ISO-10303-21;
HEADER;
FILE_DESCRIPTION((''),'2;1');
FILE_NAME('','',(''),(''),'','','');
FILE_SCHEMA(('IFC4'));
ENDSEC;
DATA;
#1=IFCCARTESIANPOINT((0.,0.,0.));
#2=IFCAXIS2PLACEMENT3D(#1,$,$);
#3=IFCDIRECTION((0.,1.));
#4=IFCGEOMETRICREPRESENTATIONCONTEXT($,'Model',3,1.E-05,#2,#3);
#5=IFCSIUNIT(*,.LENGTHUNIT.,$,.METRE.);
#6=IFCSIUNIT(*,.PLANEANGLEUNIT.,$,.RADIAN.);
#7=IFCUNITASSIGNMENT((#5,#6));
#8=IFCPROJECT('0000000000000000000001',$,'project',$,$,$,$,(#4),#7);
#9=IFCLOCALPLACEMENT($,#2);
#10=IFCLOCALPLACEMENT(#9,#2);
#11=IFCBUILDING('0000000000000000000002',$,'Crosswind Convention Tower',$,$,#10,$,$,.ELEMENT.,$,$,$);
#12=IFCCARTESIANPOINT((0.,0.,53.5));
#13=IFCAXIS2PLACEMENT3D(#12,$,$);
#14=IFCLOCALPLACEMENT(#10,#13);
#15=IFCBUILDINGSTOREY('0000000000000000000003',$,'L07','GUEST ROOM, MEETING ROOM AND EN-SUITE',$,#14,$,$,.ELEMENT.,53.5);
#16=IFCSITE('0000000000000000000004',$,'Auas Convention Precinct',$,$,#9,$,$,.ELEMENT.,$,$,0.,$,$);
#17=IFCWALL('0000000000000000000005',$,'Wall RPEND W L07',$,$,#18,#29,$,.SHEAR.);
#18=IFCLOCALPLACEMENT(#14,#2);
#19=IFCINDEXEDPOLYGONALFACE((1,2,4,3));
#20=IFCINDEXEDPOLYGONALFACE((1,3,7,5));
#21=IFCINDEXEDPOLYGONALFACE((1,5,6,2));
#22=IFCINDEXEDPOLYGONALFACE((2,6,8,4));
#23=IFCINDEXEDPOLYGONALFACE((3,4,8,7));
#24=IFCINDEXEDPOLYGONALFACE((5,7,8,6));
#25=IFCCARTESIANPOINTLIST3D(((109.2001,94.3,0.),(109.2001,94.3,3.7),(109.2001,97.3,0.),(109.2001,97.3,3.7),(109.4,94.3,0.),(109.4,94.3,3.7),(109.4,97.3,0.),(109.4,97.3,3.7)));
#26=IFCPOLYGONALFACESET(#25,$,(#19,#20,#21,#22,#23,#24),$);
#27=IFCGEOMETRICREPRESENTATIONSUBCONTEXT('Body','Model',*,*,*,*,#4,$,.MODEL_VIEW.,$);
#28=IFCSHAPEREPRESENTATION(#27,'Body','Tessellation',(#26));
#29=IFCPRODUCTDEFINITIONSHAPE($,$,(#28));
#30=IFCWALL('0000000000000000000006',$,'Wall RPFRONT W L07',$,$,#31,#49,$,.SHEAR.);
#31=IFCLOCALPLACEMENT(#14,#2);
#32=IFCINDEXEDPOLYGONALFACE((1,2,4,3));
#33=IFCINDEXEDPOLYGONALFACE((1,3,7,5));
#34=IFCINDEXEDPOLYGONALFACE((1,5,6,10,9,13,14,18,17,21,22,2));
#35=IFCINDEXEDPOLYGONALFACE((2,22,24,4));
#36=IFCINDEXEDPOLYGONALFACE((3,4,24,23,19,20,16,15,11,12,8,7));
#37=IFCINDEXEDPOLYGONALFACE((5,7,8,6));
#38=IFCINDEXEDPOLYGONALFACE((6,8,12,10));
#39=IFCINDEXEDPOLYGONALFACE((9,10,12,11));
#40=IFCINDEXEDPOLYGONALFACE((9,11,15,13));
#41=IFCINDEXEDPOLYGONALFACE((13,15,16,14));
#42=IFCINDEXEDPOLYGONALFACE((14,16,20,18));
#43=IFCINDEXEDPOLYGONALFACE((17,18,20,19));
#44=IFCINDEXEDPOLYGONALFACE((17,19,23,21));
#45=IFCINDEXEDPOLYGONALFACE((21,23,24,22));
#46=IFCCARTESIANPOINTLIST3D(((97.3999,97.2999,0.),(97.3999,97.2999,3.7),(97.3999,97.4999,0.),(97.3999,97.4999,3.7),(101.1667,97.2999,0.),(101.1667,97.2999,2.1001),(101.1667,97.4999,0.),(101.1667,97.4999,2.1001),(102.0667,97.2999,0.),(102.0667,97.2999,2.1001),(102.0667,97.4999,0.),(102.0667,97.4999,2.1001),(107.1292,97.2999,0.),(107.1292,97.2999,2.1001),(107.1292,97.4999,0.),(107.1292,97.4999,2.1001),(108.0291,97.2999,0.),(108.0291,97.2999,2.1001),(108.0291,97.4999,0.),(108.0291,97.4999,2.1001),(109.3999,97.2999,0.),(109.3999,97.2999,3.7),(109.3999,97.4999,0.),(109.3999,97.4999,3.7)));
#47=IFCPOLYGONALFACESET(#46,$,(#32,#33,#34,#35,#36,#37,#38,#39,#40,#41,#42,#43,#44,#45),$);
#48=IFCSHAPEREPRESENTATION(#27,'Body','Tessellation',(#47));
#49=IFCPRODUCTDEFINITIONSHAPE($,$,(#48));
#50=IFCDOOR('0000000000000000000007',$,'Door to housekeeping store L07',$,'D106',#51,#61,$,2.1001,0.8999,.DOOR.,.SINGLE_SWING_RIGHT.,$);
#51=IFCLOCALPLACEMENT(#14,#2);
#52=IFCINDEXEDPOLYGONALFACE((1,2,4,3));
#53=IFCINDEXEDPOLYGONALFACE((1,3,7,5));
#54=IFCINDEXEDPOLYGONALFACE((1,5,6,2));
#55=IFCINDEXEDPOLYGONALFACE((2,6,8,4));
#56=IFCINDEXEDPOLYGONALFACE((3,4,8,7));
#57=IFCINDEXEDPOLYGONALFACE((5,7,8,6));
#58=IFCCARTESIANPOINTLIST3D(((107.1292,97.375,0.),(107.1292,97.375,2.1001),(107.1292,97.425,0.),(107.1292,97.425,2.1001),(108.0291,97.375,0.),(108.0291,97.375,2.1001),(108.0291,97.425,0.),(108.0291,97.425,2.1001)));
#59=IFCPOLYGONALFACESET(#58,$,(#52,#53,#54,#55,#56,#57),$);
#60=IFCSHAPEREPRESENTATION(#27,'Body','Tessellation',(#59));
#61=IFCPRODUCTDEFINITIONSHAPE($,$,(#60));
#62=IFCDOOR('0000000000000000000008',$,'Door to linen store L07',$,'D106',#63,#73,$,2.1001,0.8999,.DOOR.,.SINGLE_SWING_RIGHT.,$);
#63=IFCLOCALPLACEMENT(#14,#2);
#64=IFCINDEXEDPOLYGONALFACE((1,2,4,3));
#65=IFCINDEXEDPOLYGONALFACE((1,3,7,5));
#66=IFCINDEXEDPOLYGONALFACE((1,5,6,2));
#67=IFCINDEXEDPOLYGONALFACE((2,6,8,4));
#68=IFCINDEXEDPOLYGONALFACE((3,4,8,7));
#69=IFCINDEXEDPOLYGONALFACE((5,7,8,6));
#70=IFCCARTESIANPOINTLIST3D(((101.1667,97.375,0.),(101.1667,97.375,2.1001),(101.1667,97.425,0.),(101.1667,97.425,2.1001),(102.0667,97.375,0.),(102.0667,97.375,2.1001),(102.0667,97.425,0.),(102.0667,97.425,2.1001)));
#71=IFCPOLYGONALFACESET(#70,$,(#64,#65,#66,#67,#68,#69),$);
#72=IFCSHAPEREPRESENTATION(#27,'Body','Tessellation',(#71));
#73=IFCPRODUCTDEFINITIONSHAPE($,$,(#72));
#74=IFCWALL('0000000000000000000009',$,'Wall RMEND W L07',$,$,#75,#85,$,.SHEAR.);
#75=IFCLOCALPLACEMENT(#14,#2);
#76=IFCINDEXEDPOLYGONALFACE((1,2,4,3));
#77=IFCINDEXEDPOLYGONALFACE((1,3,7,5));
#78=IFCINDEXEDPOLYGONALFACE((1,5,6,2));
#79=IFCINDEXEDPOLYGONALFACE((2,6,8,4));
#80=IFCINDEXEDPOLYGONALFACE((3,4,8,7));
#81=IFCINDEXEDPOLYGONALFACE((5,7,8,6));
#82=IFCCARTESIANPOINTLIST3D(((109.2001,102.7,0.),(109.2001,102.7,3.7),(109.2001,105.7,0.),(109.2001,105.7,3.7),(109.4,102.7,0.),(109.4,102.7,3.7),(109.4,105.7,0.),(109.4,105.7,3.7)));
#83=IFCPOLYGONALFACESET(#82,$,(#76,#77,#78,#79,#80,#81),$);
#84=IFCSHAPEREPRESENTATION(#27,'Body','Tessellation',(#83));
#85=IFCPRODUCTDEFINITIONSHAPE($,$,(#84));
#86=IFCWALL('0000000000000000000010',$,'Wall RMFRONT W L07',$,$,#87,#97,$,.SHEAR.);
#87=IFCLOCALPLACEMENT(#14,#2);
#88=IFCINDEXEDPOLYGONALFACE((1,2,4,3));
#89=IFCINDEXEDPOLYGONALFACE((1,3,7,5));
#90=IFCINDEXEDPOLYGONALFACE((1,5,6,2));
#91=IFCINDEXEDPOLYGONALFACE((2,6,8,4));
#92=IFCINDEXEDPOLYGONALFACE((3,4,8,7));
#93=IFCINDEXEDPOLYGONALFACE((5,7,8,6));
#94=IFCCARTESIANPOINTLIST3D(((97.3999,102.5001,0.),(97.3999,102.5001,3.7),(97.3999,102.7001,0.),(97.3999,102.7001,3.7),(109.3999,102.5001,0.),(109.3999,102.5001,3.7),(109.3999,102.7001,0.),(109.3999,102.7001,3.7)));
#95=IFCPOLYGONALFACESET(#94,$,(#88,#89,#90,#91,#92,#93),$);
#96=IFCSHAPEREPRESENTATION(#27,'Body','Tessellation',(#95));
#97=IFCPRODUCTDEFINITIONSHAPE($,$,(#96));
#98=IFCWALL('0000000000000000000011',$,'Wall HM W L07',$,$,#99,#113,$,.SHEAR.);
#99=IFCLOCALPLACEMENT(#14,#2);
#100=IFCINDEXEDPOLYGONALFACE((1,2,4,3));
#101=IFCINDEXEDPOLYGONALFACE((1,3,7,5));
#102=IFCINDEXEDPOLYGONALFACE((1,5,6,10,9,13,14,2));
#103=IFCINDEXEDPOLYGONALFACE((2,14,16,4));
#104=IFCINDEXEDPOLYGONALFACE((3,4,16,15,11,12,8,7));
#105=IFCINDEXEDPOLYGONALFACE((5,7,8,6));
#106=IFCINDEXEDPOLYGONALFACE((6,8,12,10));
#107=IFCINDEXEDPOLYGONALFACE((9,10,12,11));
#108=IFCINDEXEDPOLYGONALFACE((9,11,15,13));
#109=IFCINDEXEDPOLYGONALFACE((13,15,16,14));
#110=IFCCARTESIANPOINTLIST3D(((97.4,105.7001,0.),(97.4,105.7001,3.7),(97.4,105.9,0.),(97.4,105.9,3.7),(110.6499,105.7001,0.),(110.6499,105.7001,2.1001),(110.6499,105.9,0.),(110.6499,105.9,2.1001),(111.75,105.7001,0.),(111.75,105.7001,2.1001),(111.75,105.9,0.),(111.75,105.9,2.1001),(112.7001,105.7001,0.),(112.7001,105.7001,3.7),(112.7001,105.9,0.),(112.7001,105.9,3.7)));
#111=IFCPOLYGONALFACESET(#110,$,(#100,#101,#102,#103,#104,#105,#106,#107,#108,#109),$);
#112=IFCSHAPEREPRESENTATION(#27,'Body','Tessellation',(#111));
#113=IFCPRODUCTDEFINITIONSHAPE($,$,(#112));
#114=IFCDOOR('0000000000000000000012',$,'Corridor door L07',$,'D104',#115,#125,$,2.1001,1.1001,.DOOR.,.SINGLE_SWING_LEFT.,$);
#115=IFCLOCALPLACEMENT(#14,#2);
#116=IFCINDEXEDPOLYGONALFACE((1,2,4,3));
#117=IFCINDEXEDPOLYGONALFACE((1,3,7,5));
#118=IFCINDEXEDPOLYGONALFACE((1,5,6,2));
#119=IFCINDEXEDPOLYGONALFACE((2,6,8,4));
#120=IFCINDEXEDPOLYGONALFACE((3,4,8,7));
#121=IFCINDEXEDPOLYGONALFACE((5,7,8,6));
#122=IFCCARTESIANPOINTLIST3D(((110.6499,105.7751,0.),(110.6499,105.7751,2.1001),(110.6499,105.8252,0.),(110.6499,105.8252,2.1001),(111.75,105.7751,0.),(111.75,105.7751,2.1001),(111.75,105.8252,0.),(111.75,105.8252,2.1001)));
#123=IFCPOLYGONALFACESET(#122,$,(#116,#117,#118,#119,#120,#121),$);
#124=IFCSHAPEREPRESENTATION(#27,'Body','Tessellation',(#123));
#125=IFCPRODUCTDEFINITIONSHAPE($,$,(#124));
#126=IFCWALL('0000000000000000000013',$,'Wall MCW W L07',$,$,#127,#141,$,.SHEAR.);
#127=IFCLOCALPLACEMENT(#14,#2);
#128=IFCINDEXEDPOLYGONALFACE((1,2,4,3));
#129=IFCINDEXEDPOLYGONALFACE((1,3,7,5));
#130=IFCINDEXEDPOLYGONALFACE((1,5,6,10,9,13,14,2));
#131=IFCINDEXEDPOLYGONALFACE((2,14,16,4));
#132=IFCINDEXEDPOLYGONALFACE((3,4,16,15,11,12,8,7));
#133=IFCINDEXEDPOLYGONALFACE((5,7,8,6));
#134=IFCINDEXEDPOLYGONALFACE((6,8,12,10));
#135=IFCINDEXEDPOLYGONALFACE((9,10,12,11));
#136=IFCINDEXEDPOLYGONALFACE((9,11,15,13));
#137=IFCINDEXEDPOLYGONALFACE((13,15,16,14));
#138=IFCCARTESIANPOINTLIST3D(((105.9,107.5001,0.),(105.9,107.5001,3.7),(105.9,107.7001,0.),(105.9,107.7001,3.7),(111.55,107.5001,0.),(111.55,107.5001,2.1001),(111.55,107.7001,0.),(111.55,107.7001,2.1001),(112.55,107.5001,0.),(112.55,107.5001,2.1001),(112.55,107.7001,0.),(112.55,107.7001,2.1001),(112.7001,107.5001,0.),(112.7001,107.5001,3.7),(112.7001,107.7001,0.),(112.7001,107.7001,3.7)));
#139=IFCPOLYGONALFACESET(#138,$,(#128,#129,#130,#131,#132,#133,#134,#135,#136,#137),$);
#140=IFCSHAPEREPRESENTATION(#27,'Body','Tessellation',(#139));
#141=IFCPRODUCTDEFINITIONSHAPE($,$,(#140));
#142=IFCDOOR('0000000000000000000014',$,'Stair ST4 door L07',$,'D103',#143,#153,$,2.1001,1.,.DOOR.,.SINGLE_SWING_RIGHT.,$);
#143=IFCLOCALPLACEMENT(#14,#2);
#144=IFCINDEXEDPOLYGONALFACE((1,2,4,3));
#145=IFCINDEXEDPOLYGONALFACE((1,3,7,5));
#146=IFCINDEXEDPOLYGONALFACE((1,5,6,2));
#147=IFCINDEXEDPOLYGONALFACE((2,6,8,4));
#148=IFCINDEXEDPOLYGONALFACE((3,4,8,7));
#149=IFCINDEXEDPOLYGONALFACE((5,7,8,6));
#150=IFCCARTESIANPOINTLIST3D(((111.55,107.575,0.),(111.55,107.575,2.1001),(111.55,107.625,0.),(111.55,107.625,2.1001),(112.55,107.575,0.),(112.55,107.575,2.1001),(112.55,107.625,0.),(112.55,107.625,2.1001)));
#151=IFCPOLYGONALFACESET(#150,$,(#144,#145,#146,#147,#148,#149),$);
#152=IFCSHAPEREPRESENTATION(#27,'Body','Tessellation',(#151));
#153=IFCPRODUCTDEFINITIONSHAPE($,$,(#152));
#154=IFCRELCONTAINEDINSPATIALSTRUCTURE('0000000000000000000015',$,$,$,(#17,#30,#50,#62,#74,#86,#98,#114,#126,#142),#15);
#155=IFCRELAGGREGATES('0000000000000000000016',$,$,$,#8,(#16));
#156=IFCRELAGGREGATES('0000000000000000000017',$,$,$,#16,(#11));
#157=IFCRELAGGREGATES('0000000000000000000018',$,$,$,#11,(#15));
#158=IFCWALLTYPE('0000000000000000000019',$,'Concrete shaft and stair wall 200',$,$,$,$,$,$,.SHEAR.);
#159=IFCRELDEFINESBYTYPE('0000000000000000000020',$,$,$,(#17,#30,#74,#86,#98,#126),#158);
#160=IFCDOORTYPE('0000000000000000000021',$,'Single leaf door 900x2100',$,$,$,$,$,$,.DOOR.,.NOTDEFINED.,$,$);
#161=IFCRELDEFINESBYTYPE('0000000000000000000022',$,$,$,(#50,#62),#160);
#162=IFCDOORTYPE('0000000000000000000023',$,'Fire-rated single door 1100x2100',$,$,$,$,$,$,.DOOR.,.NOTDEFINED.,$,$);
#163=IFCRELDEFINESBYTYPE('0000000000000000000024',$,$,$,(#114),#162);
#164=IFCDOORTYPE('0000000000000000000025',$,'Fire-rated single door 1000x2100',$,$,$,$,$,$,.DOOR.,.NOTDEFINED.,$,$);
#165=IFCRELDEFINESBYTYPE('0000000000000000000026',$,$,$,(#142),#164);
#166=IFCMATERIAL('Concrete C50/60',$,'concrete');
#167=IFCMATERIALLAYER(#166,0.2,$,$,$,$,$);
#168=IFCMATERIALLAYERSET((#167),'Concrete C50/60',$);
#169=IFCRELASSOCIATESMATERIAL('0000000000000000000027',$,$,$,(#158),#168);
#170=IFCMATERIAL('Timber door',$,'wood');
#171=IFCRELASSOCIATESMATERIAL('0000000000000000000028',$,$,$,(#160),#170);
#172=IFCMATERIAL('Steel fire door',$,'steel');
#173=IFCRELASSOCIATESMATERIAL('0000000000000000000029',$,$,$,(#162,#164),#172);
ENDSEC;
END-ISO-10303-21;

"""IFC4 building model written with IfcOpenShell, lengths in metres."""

from ifc_helpers import new_model, si_unit, direction, frame, frame_2d, origin, place, context, subcontext, project, spatial, rectangle, extrude, material, layer, layer_set, type_object, element, fill, save


model = new_model("IFC4")

# Units and contexts
model_context = context("Model", 3, precision=1e-05, world=origin(), true_north=direction((0.0, 1.0)))
body_context = subcontext(model_context, "Body", "Model", "MODEL_VIEW")
ifc_project = project(units=[si_unit("LENGTHUNIT", "METRE"), si_unit("PLANEANGLEUNIT", "RADIAN")], contexts=[model_context])

# Site, building, storey
site_placement = place(None, origin())
site = spatial("IfcSite", under=ifc_project, at=site_placement, Name="Auas Convention Precinct", CompositionType="ELEMENT", RefElevation=0.0)
building_placement = place(site_placement, origin())
building = spatial("IfcBuilding", under=site, at=building_placement, Name="Crosswind Convention Tower", CompositionType="ELEMENT")
storey_placement = place(building_placement, frame((0.0, 0.0, 53.5)))
storey = spatial("IfcBuildingStorey", under=building, at=storey_placement, Name="L07", Description="GUEST ROOM, MEETING ROOM AND EN-SUITE", CompositionType="ELEMENT", Elevation=53.5)

# Shared definitions
ifc_material_1 = material(Name="Concrete C50/60", Category="concrete")

# Wall
ifc_layer_1 = layer(ifc_material_1, 0.2)
ifc_layer_set_1 = layer_set([ifc_layer_1], Name="Concrete C50/60")
wall_type_1 = type_object("IfcWallType", Name="Concrete shaft and stair wall 200", PredefinedType="SHEAR", material=ifc_layer_set_1)
wall_1_placement = place(storey_placement, frame((109.3, 97.3, 0.0), z_axis=(0.0, 0.0, 1.0), x_axis=(0.0, -1.0, 0.0)))
element("IfcWall", 1, at=wall_1_placement, inside=storey, type_object=wall_type_1, Name="Wall RPEND W L07", PredefinedType="SHEAR", context=body_context, shape_type="SweptSolid", body=[
    extrude(rectangle(XDim=3.0, YDim=0.2, at=frame_2d((1.5, 0.0))), origin(), (0.0, 0.0, 1.0), 3.7),
])

# Wall, openings, doors
wall_2_placement = place(storey_placement, frame((109.3999, 97.3999, 0.0), z_axis=(0.0, 0.0, 1.0), x_axis=(-1.0, 0.0, 0.0)))
wall_2 = element("IfcWall", 2, at=wall_2_placement, inside=storey, type_object=wall_type_1, Name="Wall RPFRONT W L07", PredefinedType="SHEAR", context=body_context, shape_type="SweptSolid", body=[
    extrude(rectangle(XDim=12.0, YDim=0.2, at=frame_2d((6.0, 0.0))), origin(), (0.0, 0.0, 1.0), 3.7),
])
opening_1_placement = place(wall_2_placement, frame((1.3708, 0.0, 0.0)))
opening_1 = element("IfcOpeningElement", 3, at=opening_1_placement, cuts=wall_2, PredefinedType="OPENING", context=body_context, shape_type="SweptSolid", body=[
    extrude(rectangle(XDim=0.8999, YDim=2.1001, at=frame_2d((0.45, 1.05))), frame((0.0, 0.1099, 0.0), z_axis=(0.0, -1.0, 0.0), x_axis=(1.0, 0.0, 0.0)), (0.0, 0.0, 1.0), 0.22),
])
opening_2_placement = place(wall_2_placement, frame((7.3333, 0.0, 0.0)))
opening_2 = element("IfcOpeningElement", 4, at=opening_2_placement, cuts=wall_2, PredefinedType="OPENING", context=body_context, shape_type="SweptSolid", body=[
    extrude(rectangle(XDim=0.8999, YDim=2.1001, at=frame_2d((0.45, 1.05))), frame((0.0, 0.1099, 0.0), z_axis=(0.0, -1.0, 0.0), x_axis=(1.0, 0.0, 0.0)), (0.0, 0.0, 1.0), 0.22),
])
ifc_material_2 = material(Name="Timber door", Category="wood")
door_type_1 = type_object("IfcDoorType", Name="Single leaf door 900x2100", OperationType="NOTDEFINED", PredefinedType="DOOR", material=ifc_material_2)
door_1_placement = place(opening_1_placement, origin())
door_1 = element("IfcDoor", 5, at=door_1_placement, inside=storey, type_object=door_type_1, Name="Door to housekeeping store L07", ObjectType="D106", OperationType="SINGLE_SWING_RIGHT", OverallHeight=2.1001, OverallWidth=0.8999, PredefinedType="DOOR", context=body_context, shape_type="SweptSolid", body=[
    extrude(rectangle(XDim=0.8999, YDim=2.1001, at=frame_2d((0.45, 1.05))), frame((0.0, 0.0249, 0.0), z_axis=(0.0, -1.0, 0.0), x_axis=(1.0, 0.0, 0.0)), (0.0, 0.0, 1.0), 0.05),
])
fill(opening_1, door_1)
door_2_placement = place(opening_2_placement, origin())
door_2 = element("IfcDoor", 6, at=door_2_placement, inside=storey, type_object=door_type_1, Name="Door to linen store L07", ObjectType="D106", OperationType="SINGLE_SWING_RIGHT", OverallHeight=2.1001, OverallWidth=0.8999, PredefinedType="DOOR", context=body_context, shape_type="SweptSolid", body=[
    extrude(rectangle(XDim=0.8999, YDim=2.1001, at=frame_2d((0.45, 1.05))), frame((0.0, 0.0249, 0.0), z_axis=(0.0, -1.0, 0.0), x_axis=(1.0, 0.0, 0.0)), (0.0, 0.0, 1.0), 0.05),
])
fill(opening_2, door_2)

# Walls
wall_3_placement = place(storey_placement, frame((109.3, 105.7, 0.0), z_axis=(0.0, 0.0, 1.0), x_axis=(0.0, -1.0, 0.0)))
element("IfcWall", 7, at=wall_3_placement, inside=storey, type_object=wall_type_1, Name="Wall RMEND W L07", PredefinedType="SHEAR", context=body_context, shape_type="SweptSolid", body=[
    extrude(rectangle(XDim=3.0, YDim=0.2, at=frame_2d((1.5, 0.0))), origin(), (0.0, 0.0, 1.0), 3.7),
])
wall_4_placement = place(storey_placement, frame((109.3999, 102.6001, 0.0), z_axis=(0.0, 0.0, 1.0), x_axis=(-1.0, 0.0, 0.0)))
element("IfcWall", 8, at=wall_4_placement, inside=storey, type_object=wall_type_1, Name="Wall RMFRONT W L07", PredefinedType="SHEAR", context=body_context, shape_type="SweptSolid", body=[
    extrude(rectangle(XDim=12.0, YDim=0.2, at=frame_2d((6.0, 0.0))), origin(), (0.0, 0.0, 1.0), 3.7),
])

# Walls, openings, doors
wall_5_placement = place(storey_placement, frame((112.7, 105.8, 0.0), z_axis=(0.0, 0.0, 1.0), x_axis=(-1.0, 0.0, 0.0)))
wall_5 = element("IfcWall", 9, at=wall_5_placement, inside=storey, type_object=wall_type_1, Name="Wall HM W L07", PredefinedType="SHEAR", context=body_context, shape_type="SweptSolid", body=[
    extrude(rectangle(XDim=15.3, YDim=0.2, at=frame_2d((7.6499, 0.0))), origin(), (0.0, 0.0, 1.0), 3.7),
])
opening_3_placement = place(wall_5_placement, frame((0.95, 0.0, 0.0)))
opening_3 = element("IfcOpeningElement", 10, at=opening_3_placement, cuts=wall_5, PredefinedType="OPENING", context=body_context, shape_type="SweptSolid", body=[
    extrude(rectangle(XDim=1.1001, YDim=2.1001, at=frame_2d((0.55, 1.05))), frame((0.0, 0.1099, 0.0), z_axis=(0.0, -1.0, 0.0), x_axis=(1.0, 0.0, 0.0)), (0.0, 0.0, 1.0), 0.22),
])
ifc_material_3 = material(Name="Steel fire door", Category="steel")
door_type_2 = type_object("IfcDoorType", Name="Fire-rated single door 1100x2100", OperationType="NOTDEFINED", PredefinedType="DOOR", material=ifc_material_3)
door_3_placement = place(opening_3_placement, origin())
door_3 = element("IfcDoor", 11, at=door_3_placement, inside=storey, type_object=door_type_2, Name="Corridor door L07", ObjectType="D104", OperationType="SINGLE_SWING_LEFT", OverallHeight=2.1001, OverallWidth=1.1001, PredefinedType="DOOR", context=body_context, shape_type="SweptSolid", body=[
    extrude(rectangle(XDim=1.1001, YDim=2.1001, at=frame_2d((0.55, 1.05))), frame((0.0, 0.0249, 0.0), z_axis=(0.0, -1.0, 0.0), x_axis=(1.0, 0.0, 0.0)), (0.0, 0.0, 1.0), 0.05),
])
fill(opening_3, door_3)
wall_6_placement = place(storey_placement, frame((112.7, 107.6001, 0.0), z_axis=(0.0, 0.0, 1.0), x_axis=(-1.0, 0.0, 0.0)))
wall_6 = element("IfcWall", 12, at=wall_6_placement, inside=storey, type_object=wall_type_1, Name="Wall MCW W L07", PredefinedType="SHEAR", context=body_context, shape_type="SweptSolid", body=[
    extrude(rectangle(XDim=6.8, YDim=0.2, at=frame_2d((3.3999, 0.0))), origin(), (0.0, 0.0, 1.0), 3.7),
])
opening_4_placement = place(wall_6_placement, frame((0.1499, 0.0, 0.0)))
opening_4 = element("IfcOpeningElement", 13, at=opening_4_placement, cuts=wall_6, PredefinedType="OPENING", context=body_context, shape_type="SweptSolid", body=[
    extrude(rectangle(XDim=1.0, YDim=2.1001, at=frame_2d((0.5, 1.05))), frame((0.0, 0.1099, 0.0), z_axis=(0.0, -1.0, 0.0), x_axis=(1.0, 0.0, 0.0)), (0.0, 0.0, 1.0), 0.22),
])
door_type_3 = type_object("IfcDoorType", Name="Fire-rated single door 1000x2100", OperationType="NOTDEFINED", PredefinedType="DOOR", material=ifc_material_3)
door_4_placement = place(opening_4_placement, frame((1.0, 0.0, 0.0), z_axis=(0.0, 0.0, 1.0), x_axis=(-1.0, 0.0, 0.0)))
door_4 = element("IfcDoor", 14, at=door_4_placement, inside=storey, type_object=door_type_3, Name="Stair ST4 door L07", ObjectType="D103", OperationType="SINGLE_SWING_RIGHT", OverallHeight=2.1001, OverallWidth=1.0, PredefinedType="DOOR", context=body_context, shape_type="SweptSolid", body=[
    extrude(rectangle(XDim=1.0, YDim=2.1001, at=frame_2d((0.5, 1.05))), frame((0.0, 0.0249, 0.0), z_axis=(0.0, -1.0, 0.0), x_axis=(1.0, 0.0, 0.0)), (0.0, 0.0, 1.0), 0.05),
])
fill(opening_4, door_4)

save(model, "model.ifc")
